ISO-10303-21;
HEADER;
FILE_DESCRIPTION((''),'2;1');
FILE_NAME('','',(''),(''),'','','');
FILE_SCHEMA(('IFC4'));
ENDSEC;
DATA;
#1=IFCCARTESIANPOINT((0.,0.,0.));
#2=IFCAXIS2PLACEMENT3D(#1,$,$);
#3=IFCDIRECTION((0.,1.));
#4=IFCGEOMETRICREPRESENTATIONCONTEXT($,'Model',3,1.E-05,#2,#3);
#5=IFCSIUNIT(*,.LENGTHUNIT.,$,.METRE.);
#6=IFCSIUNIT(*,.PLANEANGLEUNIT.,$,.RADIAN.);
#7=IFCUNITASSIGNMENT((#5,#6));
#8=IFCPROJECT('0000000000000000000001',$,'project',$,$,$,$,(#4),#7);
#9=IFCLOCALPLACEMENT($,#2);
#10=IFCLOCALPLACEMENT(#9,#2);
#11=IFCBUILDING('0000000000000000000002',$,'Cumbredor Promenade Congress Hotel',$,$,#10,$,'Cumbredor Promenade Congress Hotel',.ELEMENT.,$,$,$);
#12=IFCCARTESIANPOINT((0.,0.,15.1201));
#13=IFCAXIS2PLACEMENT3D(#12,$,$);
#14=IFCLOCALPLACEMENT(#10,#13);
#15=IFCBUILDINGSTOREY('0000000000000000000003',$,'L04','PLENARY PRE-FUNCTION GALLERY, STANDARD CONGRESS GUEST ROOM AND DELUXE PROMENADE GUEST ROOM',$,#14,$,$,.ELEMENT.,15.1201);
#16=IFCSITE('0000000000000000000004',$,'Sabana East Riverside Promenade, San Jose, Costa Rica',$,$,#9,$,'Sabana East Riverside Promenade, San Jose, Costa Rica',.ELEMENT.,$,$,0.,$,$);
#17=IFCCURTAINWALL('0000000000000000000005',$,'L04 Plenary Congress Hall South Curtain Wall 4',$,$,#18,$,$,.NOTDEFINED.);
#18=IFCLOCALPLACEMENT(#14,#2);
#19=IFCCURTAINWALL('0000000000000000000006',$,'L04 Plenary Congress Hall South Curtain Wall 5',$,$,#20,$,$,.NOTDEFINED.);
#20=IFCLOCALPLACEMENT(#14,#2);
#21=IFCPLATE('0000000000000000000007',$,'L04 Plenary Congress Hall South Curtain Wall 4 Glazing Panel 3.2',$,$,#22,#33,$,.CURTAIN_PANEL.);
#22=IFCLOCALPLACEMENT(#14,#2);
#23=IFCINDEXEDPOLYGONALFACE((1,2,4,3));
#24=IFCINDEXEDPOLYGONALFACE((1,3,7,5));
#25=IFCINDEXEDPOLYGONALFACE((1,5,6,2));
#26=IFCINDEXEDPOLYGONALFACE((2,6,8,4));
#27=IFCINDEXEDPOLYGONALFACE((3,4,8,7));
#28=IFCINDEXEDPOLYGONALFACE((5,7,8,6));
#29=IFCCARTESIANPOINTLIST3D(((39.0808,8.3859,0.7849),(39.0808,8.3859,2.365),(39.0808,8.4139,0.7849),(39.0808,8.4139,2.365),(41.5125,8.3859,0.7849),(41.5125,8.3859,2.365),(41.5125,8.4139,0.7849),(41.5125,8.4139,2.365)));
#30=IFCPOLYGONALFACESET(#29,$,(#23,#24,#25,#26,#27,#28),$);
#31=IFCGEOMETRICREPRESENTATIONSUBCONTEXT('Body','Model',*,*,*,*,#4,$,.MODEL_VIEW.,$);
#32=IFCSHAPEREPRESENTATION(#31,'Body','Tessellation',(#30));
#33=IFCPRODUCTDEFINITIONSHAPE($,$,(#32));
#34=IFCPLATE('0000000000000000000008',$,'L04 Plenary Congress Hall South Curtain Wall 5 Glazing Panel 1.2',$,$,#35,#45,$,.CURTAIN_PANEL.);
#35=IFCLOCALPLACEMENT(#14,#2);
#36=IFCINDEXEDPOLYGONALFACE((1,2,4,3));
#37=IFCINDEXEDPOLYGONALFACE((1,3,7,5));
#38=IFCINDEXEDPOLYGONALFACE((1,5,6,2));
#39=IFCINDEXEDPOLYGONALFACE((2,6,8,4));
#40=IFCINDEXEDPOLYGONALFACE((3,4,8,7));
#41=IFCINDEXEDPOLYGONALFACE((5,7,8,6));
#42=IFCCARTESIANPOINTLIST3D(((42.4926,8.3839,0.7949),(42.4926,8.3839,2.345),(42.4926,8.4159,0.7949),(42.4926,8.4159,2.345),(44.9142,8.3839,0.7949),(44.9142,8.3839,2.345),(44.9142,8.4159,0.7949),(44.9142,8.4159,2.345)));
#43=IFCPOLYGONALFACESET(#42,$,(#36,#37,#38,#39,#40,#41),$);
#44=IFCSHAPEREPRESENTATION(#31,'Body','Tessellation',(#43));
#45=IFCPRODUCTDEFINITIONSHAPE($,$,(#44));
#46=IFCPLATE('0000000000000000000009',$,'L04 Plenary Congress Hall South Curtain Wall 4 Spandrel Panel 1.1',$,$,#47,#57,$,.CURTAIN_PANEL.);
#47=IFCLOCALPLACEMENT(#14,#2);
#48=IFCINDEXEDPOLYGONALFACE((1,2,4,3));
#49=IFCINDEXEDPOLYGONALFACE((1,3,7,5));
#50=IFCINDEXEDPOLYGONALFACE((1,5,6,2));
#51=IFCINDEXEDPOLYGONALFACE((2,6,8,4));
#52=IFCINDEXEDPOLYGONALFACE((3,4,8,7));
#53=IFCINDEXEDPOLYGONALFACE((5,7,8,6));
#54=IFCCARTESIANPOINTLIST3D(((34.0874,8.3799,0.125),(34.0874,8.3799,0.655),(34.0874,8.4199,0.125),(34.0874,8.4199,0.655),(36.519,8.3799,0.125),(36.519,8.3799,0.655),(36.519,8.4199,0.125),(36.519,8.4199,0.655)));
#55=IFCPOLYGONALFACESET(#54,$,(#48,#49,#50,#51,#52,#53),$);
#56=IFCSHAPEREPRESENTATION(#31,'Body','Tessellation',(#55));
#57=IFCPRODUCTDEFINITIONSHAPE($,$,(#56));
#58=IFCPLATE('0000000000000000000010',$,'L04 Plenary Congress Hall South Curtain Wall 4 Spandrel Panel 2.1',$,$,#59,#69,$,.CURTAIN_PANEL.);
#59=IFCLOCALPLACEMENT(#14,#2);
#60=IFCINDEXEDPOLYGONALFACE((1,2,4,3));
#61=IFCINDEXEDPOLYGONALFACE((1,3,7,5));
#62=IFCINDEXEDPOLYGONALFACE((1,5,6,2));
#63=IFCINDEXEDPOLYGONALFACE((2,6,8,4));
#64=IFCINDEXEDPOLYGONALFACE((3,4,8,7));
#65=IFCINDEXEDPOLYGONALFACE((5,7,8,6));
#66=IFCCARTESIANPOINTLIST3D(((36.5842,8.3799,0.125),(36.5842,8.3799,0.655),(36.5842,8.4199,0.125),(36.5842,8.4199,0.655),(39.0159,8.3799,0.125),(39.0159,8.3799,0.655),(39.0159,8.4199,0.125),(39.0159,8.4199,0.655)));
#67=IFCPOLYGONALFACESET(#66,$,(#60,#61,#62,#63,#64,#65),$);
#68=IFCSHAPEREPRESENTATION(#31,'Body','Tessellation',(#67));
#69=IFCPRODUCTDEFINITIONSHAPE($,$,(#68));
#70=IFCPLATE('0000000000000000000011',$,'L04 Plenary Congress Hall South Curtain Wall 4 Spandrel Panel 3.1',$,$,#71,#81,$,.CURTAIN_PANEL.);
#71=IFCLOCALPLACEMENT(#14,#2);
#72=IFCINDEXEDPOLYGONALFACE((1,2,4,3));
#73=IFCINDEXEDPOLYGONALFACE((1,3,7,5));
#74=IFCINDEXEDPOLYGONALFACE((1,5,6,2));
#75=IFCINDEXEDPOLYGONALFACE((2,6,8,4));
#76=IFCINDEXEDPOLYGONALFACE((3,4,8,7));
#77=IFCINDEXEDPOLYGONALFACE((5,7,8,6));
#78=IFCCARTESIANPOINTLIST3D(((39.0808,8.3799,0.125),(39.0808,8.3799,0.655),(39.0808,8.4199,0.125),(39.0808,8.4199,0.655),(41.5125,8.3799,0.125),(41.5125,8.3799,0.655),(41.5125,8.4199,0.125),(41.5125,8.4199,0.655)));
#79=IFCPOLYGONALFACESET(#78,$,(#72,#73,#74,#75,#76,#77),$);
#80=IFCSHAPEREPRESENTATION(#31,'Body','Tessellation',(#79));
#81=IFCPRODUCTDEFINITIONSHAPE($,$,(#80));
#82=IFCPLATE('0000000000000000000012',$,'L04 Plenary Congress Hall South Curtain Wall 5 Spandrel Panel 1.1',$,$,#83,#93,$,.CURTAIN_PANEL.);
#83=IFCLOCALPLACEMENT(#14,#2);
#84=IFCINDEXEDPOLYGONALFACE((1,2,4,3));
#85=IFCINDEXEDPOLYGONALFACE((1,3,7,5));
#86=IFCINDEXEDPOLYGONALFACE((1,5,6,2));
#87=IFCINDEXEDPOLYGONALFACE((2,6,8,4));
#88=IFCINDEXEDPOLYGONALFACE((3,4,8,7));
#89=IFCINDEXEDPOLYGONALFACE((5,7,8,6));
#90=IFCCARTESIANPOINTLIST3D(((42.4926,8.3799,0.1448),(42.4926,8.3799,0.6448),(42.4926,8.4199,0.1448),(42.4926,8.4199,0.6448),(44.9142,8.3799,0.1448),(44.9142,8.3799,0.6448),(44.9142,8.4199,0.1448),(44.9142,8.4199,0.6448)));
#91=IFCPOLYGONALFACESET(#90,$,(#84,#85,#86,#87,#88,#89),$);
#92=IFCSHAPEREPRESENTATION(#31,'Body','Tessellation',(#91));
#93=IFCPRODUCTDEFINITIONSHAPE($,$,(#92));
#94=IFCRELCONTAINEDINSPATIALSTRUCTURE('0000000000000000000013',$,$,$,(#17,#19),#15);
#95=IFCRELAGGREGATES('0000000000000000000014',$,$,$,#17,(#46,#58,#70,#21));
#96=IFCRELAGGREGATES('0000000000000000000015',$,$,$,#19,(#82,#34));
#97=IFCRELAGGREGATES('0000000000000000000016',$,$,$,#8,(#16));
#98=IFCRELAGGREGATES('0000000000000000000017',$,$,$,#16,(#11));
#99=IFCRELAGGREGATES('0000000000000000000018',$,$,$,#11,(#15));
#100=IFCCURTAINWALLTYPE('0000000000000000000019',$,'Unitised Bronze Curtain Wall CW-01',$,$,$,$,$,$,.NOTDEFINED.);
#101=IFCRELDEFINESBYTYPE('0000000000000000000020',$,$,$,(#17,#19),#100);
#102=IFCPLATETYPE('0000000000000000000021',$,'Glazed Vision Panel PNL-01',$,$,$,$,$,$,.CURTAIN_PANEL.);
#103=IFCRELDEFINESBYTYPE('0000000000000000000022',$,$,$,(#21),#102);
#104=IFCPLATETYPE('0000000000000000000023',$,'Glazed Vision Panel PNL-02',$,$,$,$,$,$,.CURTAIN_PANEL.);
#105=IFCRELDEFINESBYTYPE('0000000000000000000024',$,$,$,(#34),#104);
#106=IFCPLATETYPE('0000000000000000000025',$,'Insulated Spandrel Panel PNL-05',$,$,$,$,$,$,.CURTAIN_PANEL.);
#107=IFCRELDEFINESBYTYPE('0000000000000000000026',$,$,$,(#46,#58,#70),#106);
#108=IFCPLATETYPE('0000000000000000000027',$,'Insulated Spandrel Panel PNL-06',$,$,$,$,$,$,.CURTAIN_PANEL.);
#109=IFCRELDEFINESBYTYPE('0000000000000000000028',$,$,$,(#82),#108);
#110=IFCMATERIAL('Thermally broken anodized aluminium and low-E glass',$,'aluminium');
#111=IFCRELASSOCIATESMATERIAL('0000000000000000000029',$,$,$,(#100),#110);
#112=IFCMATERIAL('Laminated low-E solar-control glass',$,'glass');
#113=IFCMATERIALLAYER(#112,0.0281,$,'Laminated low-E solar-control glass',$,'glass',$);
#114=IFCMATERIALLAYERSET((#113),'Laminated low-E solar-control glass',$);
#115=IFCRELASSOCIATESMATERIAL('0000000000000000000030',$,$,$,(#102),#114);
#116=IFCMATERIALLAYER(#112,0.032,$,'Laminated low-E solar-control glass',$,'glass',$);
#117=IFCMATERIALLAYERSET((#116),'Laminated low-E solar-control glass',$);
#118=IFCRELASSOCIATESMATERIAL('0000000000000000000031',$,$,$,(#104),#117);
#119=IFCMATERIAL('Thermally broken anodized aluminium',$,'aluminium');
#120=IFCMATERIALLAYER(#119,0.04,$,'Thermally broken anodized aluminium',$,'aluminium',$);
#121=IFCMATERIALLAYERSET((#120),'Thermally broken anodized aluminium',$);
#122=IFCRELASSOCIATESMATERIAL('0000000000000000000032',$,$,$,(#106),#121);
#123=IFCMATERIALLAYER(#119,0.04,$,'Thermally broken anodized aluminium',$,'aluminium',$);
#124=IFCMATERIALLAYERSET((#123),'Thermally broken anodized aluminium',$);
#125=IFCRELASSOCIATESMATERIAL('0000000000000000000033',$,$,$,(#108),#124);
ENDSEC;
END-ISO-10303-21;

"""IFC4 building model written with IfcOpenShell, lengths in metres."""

from ifc_helpers import new_model, si_unit, direction, frame, origin, origin_2d, place, context, subcontext, project, spatial, rectangle, extrude, material, layer, layer_set, type_object, element, aggregate, save


model = new_model("IFC4")

# Units and contexts
model_context = context("Model", 3, precision=1e-05, world=origin(), true_north=direction((0.0, 1.0)))
body_context = subcontext(model_context, "Body", "Model", "MODEL_VIEW")
ifc_project = project(units=[si_unit("LENGTHUNIT", "METRE"), si_unit("PLANEANGLEUNIT", "RADIAN")], contexts=[model_context])

# Site, building, storey
site_placement = place(None, origin())
site = spatial("IfcSite", under=ifc_project, at=site_placement, Name="Sabana East Riverside Promenade, San Jose, Costa Rica", LongName="Sabana East Riverside Promenade, San Jose, Costa Rica", CompositionType="ELEMENT", RefElevation=0.0)
building_placement = place(site_placement, origin())
building = spatial("IfcBuilding", under=site, at=building_placement, Name="Cumbredor Promenade Congress Hotel", LongName="Cumbredor Promenade Congress Hotel", CompositionType="ELEMENT")
storey_placement = place(building_placement, frame((0.0, 0.0, 15.1201)))
storey = spatial("IfcBuildingStorey", under=building, at=storey_placement, Name="L04", Description="PLENARY PRE-FUNCTION GALLERY, STANDARD CONGRESS GUEST ROOM AND DELUXE PROMENADE GUEST ROOM", CompositionType="ELEMENT", Elevation=15.1201)

# Curtain walls
ifc_material_1 = material(Name="Thermally broken anodized aluminium and low-E glass", Category="aluminium")
curtain_wall_type_1 = type_object("IfcCurtainWallType", Name="Unitised Bronze Curtain Wall CW-01", PredefinedType="NOTDEFINED", material=ifc_material_1)
curtain_wall_1_placement = place(storey_placement, origin())
curtain_wall_1 = element("IfcCurtainWall", 1, at=curtain_wall_1_placement, inside=storey, type_object=curtain_wall_type_1, Name="L04 Plenary Congress Hall South Curtain Wall 4", PredefinedType="NOTDEFINED")
ifc_material_2 = material(Name="Thermally broken anodized aluminium", Category="aluminium")
curtain_wall_2_placement = place(storey_placement, origin())
curtain_wall_2 = element("IfcCurtainWall", 2, at=curtain_wall_2_placement, inside=storey, type_object=curtain_wall_type_1, Name="L04 Plenary Congress Hall South Curtain Wall 5", PredefinedType="NOTDEFINED")

# Plates
ifc_material_3 = material(Name="Laminated low-E solar-control glass", Category="glass")
ifc_layer_1 = layer(ifc_material_3, 0.0281, Name="Laminated low-E solar-control glass", Category="glass")
ifc_layer_set_1 = layer_set([ifc_layer_1], Name="Laminated low-E solar-control glass")
plate_type_1 = type_object("IfcPlateType", Name="Glazed Vision Panel PNL-01", PredefinedType="CURTAIN_PANEL", material=ifc_layer_set_1)
plate_1_placement = place(storey_placement, frame((40.2966, 8.3999, 0.7849), z_axis=(0.0, 0.0, 1.0), x_axis=(1.0, 0.0, 0.0)))
plate_1 = element("IfcPlate", 3, at=plate_1_placement, type_object=plate_type_1, Name="L04 Plenary Congress Hall South Curtain Wall 4 Glazing Panel 3.2", PredefinedType="CURTAIN_PANEL", context=body_context, shape_type="SweptSolid", body=[
    extrude(rectangle(XDim=2.4316, YDim=0.0281, at=origin_2d()), origin(), (0.0, 0.0, 1.0), 1.5801),
])
ifc_layer_2 = layer(ifc_material_3, 0.032, Name="Laminated low-E solar-control glass", Category="glass")
ifc_layer_set_2 = layer_set([ifc_layer_2], Name="Laminated low-E solar-control glass")
plate_type_2 = type_object("IfcPlateType", Name="Glazed Vision Panel PNL-02", PredefinedType="CURTAIN_PANEL", material=ifc_layer_set_2)
plate_2_placement = place(storey_placement, frame((43.7034, 8.3999, 0.7949), z_axis=(0.0, 0.0, 1.0), x_axis=(1.0, 0.0, 0.0)))
plate_2 = element("IfcPlate", 4, at=plate_2_placement, type_object=plate_type_2, Name="L04 Plenary Congress Hall South Curtain Wall 5 Glazing Panel 1.2", PredefinedType="CURTAIN_PANEL", context=body_context, shape_type="SweptSolid", body=[
    extrude(rectangle(XDim=2.4216, YDim=0.032, at=origin_2d()), origin(), (0.0, 0.0, 1.0), 1.55),
])
ifc_layer_3 = layer(ifc_material_2, 0.04, Name="Thermally broken anodized aluminium", Category="aluminium")
ifc_layer_set_3 = layer_set([ifc_layer_3], Name="Thermally broken anodized aluminium")
plate_type_3 = type_object("IfcPlateType", Name="Insulated Spandrel Panel PNL-05", PredefinedType="CURTAIN_PANEL", material=ifc_layer_set_3)
plate_3_placement = place(storey_placement, frame((35.3032, 8.3999, 0.125), z_axis=(0.0, 0.0, 1.0), x_axis=(1.0, 0.0, 0.0)))
plate_3 = element("IfcPlate", 5, at=plate_3_placement, type_object=plate_type_3, Name="L04 Plenary Congress Hall South Curtain Wall 4 Spandrel Panel 1.1", PredefinedType="CURTAIN_PANEL", context=body_context, shape_type="SweptSolid", body=[
    extrude(rectangle(XDim=2.4316, YDim=0.04, at=origin_2d()), origin(), (0.0, 0.0, 1.0), 0.53),
])
plate_4_placement = place(storey_placement, frame((37.8, 8.3999, 0.125), z_axis=(0.0, 0.0, 1.0), x_axis=(1.0, 0.0, 0.0)))
plate_4 = element("IfcPlate", 6, at=plate_4_placement, type_object=plate_type_3, Name="L04 Plenary Congress Hall South Curtain Wall 4 Spandrel Panel 2.1", PredefinedType="CURTAIN_PANEL", context=body_context, shape_type="SweptSolid", body=[
    extrude(rectangle(XDim=2.4316, YDim=0.04, at=origin_2d()), origin(), (0.0, 0.0, 1.0), 0.53),
])
plate_5_placement = place(storey_placement, frame((40.2966, 8.3999, 0.125), z_axis=(0.0, 0.0, 1.0), x_axis=(1.0, 0.0, 0.0)))
plate_5 = element("IfcPlate", 7, at=plate_5_placement, type_object=plate_type_3, Name="L04 Plenary Congress Hall South Curtain Wall 4 Spandrel Panel 3.1", PredefinedType="CURTAIN_PANEL", context=body_context, shape_type="SweptSolid", body=[
    extrude(rectangle(XDim=2.4316, YDim=0.04, at=origin_2d()), origin(), (0.0, 0.0, 1.0), 0.53),
])
aggregate(curtain_wall_1, [plate_3, plate_4, plate_5, plate_1])
ifc_layer_4 = layer(ifc_material_2, 0.04, Name="Thermally broken anodized aluminium", Category="aluminium")
ifc_layer_set_4 = layer_set([ifc_layer_4], Name="Thermally broken anodized aluminium")
plate_type_4 = type_object("IfcPlateType", Name="Insulated Spandrel Panel PNL-06", PredefinedType="CURTAIN_PANEL", material=ifc_layer_set_4)
plate_6_placement = place(storey_placement, frame((43.7034, 8.3999, 0.1448), z_axis=(0.0, 0.0, 1.0), x_axis=(1.0, 0.0, 0.0)))
plate_6 = element("IfcPlate", 8, at=plate_6_placement, type_object=plate_type_4, Name="L04 Plenary Congress Hall South Curtain Wall 5 Spandrel Panel 1.1", PredefinedType="CURTAIN_PANEL", context=body_context, shape_type="SweptSolid", body=[
    extrude(rectangle(XDim=2.4216, YDim=0.04, at=origin_2d()), origin(), (0.0, 0.0, 1.0), 0.5),
])
aggregate(curtain_wall_2, [plate_6, plate_2])

save(model, "model.ifc")
